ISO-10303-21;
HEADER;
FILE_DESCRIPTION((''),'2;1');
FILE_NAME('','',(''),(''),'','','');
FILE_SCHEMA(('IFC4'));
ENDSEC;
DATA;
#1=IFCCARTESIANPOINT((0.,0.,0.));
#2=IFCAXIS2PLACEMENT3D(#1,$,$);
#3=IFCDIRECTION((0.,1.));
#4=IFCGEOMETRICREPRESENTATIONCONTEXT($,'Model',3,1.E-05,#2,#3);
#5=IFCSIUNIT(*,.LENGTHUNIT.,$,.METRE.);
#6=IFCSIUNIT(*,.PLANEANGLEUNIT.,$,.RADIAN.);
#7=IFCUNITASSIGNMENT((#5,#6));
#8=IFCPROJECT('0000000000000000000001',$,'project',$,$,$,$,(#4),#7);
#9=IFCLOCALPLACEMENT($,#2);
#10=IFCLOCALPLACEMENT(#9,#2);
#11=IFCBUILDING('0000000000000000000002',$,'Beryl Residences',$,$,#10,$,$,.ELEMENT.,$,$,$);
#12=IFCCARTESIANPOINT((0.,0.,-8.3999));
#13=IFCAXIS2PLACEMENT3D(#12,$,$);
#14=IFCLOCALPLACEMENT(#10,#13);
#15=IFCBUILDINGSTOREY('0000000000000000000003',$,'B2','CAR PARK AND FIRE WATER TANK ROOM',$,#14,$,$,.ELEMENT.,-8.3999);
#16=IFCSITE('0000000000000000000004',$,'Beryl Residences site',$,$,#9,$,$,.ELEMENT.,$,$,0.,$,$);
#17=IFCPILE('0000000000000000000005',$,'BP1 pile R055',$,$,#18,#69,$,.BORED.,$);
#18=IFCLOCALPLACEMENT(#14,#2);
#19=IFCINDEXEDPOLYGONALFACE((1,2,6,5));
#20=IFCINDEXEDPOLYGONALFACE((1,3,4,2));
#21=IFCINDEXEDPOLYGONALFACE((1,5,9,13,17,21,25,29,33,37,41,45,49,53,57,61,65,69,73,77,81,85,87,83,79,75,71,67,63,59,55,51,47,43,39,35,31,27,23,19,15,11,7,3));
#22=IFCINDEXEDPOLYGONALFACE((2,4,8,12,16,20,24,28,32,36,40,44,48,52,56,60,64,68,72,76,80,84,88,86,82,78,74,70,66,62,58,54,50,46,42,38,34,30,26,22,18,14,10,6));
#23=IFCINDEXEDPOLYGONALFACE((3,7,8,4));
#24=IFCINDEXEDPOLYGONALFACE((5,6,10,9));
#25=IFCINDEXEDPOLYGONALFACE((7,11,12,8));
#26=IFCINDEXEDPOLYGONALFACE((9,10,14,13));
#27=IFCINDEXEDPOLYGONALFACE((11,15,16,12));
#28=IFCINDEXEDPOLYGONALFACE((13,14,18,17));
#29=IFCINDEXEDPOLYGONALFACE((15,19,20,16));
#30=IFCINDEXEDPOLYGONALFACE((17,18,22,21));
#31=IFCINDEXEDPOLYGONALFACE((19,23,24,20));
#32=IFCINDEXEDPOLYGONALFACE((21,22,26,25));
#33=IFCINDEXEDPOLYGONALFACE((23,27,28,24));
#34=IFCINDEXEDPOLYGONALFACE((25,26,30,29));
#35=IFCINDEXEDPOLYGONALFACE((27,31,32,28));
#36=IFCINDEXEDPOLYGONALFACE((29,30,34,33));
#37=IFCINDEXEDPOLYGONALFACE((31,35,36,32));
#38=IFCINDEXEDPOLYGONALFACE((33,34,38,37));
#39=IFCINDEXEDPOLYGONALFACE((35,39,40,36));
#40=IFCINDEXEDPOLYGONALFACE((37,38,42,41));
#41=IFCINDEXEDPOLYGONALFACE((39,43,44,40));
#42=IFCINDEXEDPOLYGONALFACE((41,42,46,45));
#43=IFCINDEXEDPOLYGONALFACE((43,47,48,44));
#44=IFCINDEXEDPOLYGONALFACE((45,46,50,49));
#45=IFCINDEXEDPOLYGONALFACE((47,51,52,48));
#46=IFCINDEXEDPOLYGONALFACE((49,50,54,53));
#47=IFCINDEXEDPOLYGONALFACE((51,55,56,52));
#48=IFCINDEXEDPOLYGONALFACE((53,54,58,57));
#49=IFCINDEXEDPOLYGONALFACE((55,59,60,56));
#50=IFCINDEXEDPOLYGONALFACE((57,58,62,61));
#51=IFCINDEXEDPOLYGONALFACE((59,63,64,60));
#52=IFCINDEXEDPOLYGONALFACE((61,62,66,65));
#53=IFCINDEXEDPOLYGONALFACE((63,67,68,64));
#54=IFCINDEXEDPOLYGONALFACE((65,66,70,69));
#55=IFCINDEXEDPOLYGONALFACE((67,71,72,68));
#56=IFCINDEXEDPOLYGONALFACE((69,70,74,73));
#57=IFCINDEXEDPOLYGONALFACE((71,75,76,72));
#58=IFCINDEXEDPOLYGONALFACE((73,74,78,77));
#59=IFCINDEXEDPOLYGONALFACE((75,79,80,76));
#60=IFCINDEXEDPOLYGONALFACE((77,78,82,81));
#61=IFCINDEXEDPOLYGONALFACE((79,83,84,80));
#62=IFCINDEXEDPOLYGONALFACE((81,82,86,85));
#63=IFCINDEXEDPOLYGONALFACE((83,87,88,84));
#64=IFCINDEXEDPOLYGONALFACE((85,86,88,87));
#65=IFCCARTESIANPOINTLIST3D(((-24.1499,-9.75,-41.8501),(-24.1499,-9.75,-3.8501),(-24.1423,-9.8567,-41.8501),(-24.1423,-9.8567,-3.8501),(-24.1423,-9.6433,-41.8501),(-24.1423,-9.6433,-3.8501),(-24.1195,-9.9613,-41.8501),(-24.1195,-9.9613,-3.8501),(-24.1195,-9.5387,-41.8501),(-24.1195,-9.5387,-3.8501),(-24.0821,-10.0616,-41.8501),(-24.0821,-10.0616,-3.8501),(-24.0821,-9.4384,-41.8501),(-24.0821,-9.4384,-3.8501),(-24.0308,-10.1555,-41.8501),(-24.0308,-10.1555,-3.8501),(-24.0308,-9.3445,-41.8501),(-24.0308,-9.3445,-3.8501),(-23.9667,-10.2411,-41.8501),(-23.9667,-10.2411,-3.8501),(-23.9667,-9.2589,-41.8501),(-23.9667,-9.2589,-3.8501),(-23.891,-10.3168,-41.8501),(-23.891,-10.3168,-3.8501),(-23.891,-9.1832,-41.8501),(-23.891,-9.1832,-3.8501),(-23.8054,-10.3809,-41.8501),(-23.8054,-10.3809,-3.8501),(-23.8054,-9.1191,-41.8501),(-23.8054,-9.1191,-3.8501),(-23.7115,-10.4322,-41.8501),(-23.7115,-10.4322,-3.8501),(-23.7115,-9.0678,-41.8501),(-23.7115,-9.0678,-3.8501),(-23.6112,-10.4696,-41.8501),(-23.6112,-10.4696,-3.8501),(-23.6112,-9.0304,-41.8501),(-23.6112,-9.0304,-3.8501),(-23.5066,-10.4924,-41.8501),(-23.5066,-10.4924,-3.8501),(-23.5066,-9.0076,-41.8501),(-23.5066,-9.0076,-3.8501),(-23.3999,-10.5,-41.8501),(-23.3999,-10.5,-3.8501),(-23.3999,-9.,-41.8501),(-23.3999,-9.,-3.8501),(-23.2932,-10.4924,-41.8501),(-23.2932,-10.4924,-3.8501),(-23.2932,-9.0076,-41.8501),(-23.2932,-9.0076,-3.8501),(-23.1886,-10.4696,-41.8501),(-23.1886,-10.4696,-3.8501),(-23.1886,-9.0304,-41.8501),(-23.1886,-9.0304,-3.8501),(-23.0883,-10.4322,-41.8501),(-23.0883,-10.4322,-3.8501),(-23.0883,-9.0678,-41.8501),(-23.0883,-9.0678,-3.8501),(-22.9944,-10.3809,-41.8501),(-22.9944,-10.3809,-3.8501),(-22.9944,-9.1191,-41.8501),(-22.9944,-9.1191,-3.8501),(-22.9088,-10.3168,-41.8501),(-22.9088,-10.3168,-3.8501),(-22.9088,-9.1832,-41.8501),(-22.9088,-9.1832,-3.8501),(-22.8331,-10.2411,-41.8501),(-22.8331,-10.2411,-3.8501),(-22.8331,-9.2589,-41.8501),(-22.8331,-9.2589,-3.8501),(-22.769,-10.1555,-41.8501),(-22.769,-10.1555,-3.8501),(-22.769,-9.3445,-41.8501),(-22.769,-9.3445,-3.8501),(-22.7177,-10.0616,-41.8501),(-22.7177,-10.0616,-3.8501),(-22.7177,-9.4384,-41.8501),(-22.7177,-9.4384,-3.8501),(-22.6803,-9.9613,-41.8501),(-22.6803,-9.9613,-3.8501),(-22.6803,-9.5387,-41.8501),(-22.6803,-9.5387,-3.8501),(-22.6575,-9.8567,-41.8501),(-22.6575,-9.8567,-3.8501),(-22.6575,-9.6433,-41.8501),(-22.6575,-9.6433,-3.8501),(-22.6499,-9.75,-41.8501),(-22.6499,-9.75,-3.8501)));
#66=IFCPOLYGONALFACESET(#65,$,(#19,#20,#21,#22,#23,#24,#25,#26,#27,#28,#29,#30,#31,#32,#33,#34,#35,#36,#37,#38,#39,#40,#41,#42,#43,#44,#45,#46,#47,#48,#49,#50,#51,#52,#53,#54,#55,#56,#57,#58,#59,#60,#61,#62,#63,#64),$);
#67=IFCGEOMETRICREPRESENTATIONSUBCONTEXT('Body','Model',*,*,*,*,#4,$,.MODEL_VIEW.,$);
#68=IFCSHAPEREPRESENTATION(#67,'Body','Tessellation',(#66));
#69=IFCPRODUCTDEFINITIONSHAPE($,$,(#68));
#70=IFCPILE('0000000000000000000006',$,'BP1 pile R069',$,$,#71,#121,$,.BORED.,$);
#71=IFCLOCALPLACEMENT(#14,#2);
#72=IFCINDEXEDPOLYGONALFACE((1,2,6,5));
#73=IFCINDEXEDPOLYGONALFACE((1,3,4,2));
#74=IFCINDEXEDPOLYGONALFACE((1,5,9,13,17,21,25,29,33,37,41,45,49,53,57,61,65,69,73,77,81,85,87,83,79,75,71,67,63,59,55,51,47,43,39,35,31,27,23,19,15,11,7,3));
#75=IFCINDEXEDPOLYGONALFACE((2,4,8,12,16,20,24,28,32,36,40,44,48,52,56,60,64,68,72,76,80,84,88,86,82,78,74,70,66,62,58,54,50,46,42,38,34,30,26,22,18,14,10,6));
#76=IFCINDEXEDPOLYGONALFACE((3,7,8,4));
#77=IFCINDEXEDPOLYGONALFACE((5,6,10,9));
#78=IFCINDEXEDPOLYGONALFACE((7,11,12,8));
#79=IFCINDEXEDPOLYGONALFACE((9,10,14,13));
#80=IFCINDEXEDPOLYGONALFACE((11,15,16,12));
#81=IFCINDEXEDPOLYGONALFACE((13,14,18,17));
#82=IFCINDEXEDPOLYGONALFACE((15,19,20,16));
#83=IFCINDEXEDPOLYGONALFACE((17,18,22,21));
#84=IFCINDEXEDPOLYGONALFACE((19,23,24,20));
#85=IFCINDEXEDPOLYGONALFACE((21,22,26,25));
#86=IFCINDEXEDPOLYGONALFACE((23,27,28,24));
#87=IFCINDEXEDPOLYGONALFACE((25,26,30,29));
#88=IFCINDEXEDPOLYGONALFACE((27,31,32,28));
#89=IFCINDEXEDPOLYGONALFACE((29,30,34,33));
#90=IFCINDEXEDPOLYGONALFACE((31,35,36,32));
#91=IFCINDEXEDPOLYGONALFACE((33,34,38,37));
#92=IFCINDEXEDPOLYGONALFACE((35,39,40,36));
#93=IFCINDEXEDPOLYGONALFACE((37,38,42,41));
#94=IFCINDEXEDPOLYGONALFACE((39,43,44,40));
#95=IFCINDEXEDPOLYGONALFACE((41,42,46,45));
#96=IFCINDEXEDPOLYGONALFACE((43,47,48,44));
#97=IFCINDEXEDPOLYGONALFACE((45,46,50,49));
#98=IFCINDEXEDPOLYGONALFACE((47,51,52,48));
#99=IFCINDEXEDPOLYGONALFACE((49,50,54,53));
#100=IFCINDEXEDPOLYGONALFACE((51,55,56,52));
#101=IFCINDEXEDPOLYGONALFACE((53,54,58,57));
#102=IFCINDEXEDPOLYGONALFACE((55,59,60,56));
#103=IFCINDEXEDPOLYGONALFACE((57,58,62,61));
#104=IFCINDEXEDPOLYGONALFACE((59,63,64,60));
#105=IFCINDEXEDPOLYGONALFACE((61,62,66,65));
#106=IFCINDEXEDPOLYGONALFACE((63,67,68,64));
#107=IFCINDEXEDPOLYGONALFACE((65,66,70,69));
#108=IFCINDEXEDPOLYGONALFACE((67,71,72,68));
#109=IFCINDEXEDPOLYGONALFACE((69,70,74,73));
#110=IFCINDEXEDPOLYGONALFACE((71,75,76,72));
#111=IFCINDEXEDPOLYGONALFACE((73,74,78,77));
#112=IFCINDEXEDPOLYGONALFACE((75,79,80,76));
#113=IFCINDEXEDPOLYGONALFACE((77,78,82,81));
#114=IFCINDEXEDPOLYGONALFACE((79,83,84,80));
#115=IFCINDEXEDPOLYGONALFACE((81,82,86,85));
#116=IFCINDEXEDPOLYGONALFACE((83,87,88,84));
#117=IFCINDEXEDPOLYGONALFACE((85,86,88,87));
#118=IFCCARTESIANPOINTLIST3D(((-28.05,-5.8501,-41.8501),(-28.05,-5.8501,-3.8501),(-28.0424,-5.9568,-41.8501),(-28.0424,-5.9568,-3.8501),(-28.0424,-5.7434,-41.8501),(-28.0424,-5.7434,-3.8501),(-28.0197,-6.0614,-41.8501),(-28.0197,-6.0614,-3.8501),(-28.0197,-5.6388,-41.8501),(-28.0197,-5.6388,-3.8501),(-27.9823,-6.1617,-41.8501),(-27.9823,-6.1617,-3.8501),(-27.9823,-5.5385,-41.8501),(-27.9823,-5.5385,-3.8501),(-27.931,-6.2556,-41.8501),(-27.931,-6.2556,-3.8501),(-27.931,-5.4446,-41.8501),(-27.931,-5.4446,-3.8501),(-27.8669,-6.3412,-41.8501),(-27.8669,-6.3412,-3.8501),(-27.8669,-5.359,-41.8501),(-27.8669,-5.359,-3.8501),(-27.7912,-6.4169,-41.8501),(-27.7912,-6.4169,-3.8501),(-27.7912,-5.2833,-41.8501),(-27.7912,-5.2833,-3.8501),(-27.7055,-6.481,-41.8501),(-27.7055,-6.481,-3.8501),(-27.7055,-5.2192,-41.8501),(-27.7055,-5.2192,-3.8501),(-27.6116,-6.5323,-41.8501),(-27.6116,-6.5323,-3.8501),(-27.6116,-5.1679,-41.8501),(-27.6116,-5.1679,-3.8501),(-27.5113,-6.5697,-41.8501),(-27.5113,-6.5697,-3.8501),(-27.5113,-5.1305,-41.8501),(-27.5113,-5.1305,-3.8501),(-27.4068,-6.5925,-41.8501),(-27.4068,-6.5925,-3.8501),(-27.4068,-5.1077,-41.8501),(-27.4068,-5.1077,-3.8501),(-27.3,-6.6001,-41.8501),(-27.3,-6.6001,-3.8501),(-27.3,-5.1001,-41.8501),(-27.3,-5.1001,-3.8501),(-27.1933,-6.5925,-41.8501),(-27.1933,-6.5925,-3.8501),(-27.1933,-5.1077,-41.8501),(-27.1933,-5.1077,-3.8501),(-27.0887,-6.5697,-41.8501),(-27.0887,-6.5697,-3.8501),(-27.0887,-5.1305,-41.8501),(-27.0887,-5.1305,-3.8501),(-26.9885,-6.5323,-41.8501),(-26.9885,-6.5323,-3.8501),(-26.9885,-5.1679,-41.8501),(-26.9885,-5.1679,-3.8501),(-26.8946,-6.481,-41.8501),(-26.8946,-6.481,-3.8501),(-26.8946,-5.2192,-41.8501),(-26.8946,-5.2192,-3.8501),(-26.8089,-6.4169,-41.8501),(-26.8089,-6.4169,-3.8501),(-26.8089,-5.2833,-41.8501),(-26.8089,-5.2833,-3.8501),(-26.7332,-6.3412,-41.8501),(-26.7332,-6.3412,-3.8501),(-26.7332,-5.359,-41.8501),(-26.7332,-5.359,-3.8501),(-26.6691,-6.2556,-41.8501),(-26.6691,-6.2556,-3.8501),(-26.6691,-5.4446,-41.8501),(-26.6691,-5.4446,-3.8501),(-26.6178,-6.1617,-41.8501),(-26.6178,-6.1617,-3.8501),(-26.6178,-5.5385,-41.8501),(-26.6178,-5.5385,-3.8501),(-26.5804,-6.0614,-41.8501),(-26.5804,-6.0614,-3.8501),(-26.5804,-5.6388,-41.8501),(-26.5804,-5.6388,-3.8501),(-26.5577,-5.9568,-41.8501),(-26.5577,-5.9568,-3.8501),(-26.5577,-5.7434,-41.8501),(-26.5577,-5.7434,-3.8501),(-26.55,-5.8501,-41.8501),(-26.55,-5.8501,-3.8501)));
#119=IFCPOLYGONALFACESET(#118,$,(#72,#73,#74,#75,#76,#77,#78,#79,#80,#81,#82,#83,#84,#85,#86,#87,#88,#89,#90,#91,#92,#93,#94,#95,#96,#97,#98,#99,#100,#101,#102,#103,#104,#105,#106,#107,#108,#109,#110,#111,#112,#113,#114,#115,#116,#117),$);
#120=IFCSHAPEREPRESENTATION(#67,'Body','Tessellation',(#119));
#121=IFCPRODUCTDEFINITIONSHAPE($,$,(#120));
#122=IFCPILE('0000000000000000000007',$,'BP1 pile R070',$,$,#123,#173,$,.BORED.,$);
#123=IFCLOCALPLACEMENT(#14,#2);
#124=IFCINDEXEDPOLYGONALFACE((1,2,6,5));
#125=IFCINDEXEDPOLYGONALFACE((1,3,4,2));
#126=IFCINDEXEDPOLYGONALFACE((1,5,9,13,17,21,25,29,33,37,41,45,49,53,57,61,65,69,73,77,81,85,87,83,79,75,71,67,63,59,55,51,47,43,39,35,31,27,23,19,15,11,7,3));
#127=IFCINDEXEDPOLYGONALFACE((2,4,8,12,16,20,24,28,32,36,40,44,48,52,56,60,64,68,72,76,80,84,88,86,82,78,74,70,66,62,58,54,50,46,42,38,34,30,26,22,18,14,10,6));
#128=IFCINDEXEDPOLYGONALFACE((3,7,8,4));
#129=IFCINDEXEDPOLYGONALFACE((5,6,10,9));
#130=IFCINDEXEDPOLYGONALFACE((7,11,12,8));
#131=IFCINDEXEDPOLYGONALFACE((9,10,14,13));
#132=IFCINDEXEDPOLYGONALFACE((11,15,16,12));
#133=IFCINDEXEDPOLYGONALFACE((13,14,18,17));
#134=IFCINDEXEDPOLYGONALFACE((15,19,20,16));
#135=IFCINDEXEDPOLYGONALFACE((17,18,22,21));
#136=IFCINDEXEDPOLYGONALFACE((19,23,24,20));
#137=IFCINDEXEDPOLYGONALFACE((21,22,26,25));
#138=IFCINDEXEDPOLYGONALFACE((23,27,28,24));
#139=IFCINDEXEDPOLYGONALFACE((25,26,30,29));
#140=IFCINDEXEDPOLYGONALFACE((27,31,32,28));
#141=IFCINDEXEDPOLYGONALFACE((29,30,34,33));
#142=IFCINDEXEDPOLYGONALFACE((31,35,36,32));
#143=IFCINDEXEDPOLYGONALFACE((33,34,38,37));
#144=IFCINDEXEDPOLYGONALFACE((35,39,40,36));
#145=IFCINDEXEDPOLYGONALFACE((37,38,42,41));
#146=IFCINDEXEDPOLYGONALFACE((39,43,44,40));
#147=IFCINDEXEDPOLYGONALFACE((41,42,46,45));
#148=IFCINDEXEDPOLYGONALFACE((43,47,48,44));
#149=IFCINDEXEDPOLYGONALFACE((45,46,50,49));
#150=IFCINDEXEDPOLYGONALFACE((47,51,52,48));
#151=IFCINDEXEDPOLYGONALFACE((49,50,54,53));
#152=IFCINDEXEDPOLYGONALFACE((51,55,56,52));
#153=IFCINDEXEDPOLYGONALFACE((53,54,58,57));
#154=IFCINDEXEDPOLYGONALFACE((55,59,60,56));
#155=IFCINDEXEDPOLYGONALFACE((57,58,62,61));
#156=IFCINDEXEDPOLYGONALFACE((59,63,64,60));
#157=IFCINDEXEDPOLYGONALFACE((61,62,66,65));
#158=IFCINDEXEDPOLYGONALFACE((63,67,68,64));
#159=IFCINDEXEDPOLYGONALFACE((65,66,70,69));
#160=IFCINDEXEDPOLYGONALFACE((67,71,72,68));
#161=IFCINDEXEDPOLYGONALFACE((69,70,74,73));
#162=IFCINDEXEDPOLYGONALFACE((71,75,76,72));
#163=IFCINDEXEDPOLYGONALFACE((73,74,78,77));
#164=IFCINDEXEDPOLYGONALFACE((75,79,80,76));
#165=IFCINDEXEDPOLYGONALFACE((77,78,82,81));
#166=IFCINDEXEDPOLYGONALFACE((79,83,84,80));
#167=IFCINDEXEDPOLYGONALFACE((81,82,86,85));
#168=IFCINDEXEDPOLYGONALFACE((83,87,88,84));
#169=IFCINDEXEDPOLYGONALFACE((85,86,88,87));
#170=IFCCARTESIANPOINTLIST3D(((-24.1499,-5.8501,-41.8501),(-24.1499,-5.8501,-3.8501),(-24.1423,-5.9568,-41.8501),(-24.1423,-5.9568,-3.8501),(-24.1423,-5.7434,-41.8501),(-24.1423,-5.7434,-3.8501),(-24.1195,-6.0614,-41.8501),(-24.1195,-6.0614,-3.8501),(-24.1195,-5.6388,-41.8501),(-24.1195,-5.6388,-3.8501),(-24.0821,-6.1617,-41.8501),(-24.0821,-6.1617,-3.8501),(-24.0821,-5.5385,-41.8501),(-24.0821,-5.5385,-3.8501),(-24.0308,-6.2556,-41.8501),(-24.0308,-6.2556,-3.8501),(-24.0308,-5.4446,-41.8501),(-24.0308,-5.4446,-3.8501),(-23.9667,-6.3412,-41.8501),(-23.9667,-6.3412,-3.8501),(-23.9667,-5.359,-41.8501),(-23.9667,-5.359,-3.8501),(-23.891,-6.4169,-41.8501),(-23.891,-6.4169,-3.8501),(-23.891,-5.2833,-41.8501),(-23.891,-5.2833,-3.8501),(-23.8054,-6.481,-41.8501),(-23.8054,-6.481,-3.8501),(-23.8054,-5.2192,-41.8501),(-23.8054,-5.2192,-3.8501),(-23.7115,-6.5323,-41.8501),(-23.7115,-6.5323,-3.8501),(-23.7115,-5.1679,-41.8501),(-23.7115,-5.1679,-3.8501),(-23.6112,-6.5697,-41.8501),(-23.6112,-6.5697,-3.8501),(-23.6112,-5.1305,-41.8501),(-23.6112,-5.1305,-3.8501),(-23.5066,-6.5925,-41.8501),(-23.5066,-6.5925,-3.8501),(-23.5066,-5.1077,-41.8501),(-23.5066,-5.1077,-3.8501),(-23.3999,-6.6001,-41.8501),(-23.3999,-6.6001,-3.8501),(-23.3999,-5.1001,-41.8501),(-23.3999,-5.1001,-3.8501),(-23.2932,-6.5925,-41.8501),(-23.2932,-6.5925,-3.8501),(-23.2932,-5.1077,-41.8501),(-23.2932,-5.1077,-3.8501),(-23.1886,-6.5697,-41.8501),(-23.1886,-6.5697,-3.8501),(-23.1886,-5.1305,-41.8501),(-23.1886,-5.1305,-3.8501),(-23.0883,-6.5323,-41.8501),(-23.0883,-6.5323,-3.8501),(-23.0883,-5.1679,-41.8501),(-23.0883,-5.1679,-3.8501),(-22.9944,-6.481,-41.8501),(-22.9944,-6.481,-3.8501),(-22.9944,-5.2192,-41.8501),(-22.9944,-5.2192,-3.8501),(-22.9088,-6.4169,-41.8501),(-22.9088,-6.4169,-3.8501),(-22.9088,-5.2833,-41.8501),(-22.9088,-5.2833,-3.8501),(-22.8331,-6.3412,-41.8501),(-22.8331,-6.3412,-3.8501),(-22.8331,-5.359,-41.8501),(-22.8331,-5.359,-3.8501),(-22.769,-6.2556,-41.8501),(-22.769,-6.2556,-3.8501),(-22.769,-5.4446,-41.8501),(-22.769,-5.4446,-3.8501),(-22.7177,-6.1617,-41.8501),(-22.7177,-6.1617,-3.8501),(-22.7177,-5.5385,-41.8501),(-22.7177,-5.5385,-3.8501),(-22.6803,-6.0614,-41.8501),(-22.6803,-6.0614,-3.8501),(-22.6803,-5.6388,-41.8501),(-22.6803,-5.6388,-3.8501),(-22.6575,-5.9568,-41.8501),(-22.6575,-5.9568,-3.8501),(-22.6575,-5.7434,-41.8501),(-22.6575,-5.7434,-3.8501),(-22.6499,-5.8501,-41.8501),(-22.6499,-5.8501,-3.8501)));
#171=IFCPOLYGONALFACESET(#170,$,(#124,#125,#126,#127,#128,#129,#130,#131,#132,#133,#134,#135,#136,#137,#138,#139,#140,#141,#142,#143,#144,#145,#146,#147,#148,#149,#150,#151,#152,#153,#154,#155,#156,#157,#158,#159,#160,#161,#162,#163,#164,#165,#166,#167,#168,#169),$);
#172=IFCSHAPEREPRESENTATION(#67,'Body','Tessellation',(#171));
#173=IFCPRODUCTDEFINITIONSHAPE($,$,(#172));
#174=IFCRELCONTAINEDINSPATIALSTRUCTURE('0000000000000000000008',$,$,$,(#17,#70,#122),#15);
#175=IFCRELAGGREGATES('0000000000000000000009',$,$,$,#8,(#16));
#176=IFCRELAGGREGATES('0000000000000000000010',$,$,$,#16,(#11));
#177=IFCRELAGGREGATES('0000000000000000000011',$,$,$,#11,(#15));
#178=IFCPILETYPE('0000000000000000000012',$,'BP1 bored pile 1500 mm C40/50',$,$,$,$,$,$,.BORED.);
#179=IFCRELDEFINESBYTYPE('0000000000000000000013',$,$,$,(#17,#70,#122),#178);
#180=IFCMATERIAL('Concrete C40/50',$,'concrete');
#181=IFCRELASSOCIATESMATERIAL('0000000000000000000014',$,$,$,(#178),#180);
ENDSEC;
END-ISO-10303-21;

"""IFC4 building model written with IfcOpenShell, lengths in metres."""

from ifc_helpers import new_model, si_unit, direction, frame, origin, origin_2d, place, context, subcontext, project, spatial, circle, extrude, material, material_profile, profile_set, type_object, element, save


model = new_model("IFC4")

# Units and contexts
model_context = context("Model", 3, precision=1e-05, world=origin(), true_north=direction((0.0, 1.0)))
body_context = subcontext(model_context, "Body", "Model", "MODEL_VIEW")
ifc_project = project(units=[si_unit("LENGTHUNIT", "METRE"), si_unit("PLANEANGLEUNIT", "RADIAN")], contexts=[model_context])

# Site, building, storey
site_placement = place(None, origin())
site = spatial("IfcSite", under=ifc_project, at=site_placement, Name="Beryl Residences site", CompositionType="ELEMENT", RefElevation=0.0)
building_placement = place(site_placement, origin())
building = spatial("IfcBuilding", under=site, at=building_placement, Name="Beryl Residences", CompositionType="ELEMENT")
storey_placement = place(building_placement, frame((0.0, 0.0, -8.3999)))
storey = spatial("IfcBuildingStorey", under=building, at=storey_placement, Name="B2", Description="CAR PARK AND FIRE WATER TANK ROOM", CompositionType="ELEMENT", Elevation=-8.3999)

# Piles
ifc_material_1 = material(Name="Concrete C40/50", Category="concrete")
ifc_material_profile_1 = material_profile(ifc_material_1, circle(Radius=0.75, at=origin_2d()))
ifc_profile_set_1 = profile_set([ifc_material_profile_1], Name="Concrete C40/50")
pile_type_1 = type_object("IfcPileType", Name="BP1 bored pile 1500 mm C40/50", PredefinedType="BORED", material=ifc_profile_set_1)
for number, where, z_axis, x_axis, name in (
    (1, (-23.3999, -9.75, -3.8501), (0.0, 0.0, -1.0), (1.0, 0.0, 0.0), "BP1 pile R055"),
    (2, (-27.3, -5.8501, -3.8501), (0.0, 0.0, -1.0), (1.0, 0.0, 0.0), "BP1 pile R069"),
    (3, (-23.3999, -5.8501, -3.8501), (0.0, 0.0, -1.0), (1.0, 0.0, 0.0), "BP1 pile R070"),
):
    element("IfcPile", number, at=place(storey_placement, frame(where, z_axis=z_axis, x_axis=x_axis)), inside=storey, type_object=pile_type_1, Name=name, PredefinedType="BORED", context=body_context, shape_type="SweptSolid", body=[
        extrude(circle(Radius=0.75, at=origin_2d()), origin(), (0.0, 0.0, 1.0), 38.0),
    ])

save(model, "model.ifc")
